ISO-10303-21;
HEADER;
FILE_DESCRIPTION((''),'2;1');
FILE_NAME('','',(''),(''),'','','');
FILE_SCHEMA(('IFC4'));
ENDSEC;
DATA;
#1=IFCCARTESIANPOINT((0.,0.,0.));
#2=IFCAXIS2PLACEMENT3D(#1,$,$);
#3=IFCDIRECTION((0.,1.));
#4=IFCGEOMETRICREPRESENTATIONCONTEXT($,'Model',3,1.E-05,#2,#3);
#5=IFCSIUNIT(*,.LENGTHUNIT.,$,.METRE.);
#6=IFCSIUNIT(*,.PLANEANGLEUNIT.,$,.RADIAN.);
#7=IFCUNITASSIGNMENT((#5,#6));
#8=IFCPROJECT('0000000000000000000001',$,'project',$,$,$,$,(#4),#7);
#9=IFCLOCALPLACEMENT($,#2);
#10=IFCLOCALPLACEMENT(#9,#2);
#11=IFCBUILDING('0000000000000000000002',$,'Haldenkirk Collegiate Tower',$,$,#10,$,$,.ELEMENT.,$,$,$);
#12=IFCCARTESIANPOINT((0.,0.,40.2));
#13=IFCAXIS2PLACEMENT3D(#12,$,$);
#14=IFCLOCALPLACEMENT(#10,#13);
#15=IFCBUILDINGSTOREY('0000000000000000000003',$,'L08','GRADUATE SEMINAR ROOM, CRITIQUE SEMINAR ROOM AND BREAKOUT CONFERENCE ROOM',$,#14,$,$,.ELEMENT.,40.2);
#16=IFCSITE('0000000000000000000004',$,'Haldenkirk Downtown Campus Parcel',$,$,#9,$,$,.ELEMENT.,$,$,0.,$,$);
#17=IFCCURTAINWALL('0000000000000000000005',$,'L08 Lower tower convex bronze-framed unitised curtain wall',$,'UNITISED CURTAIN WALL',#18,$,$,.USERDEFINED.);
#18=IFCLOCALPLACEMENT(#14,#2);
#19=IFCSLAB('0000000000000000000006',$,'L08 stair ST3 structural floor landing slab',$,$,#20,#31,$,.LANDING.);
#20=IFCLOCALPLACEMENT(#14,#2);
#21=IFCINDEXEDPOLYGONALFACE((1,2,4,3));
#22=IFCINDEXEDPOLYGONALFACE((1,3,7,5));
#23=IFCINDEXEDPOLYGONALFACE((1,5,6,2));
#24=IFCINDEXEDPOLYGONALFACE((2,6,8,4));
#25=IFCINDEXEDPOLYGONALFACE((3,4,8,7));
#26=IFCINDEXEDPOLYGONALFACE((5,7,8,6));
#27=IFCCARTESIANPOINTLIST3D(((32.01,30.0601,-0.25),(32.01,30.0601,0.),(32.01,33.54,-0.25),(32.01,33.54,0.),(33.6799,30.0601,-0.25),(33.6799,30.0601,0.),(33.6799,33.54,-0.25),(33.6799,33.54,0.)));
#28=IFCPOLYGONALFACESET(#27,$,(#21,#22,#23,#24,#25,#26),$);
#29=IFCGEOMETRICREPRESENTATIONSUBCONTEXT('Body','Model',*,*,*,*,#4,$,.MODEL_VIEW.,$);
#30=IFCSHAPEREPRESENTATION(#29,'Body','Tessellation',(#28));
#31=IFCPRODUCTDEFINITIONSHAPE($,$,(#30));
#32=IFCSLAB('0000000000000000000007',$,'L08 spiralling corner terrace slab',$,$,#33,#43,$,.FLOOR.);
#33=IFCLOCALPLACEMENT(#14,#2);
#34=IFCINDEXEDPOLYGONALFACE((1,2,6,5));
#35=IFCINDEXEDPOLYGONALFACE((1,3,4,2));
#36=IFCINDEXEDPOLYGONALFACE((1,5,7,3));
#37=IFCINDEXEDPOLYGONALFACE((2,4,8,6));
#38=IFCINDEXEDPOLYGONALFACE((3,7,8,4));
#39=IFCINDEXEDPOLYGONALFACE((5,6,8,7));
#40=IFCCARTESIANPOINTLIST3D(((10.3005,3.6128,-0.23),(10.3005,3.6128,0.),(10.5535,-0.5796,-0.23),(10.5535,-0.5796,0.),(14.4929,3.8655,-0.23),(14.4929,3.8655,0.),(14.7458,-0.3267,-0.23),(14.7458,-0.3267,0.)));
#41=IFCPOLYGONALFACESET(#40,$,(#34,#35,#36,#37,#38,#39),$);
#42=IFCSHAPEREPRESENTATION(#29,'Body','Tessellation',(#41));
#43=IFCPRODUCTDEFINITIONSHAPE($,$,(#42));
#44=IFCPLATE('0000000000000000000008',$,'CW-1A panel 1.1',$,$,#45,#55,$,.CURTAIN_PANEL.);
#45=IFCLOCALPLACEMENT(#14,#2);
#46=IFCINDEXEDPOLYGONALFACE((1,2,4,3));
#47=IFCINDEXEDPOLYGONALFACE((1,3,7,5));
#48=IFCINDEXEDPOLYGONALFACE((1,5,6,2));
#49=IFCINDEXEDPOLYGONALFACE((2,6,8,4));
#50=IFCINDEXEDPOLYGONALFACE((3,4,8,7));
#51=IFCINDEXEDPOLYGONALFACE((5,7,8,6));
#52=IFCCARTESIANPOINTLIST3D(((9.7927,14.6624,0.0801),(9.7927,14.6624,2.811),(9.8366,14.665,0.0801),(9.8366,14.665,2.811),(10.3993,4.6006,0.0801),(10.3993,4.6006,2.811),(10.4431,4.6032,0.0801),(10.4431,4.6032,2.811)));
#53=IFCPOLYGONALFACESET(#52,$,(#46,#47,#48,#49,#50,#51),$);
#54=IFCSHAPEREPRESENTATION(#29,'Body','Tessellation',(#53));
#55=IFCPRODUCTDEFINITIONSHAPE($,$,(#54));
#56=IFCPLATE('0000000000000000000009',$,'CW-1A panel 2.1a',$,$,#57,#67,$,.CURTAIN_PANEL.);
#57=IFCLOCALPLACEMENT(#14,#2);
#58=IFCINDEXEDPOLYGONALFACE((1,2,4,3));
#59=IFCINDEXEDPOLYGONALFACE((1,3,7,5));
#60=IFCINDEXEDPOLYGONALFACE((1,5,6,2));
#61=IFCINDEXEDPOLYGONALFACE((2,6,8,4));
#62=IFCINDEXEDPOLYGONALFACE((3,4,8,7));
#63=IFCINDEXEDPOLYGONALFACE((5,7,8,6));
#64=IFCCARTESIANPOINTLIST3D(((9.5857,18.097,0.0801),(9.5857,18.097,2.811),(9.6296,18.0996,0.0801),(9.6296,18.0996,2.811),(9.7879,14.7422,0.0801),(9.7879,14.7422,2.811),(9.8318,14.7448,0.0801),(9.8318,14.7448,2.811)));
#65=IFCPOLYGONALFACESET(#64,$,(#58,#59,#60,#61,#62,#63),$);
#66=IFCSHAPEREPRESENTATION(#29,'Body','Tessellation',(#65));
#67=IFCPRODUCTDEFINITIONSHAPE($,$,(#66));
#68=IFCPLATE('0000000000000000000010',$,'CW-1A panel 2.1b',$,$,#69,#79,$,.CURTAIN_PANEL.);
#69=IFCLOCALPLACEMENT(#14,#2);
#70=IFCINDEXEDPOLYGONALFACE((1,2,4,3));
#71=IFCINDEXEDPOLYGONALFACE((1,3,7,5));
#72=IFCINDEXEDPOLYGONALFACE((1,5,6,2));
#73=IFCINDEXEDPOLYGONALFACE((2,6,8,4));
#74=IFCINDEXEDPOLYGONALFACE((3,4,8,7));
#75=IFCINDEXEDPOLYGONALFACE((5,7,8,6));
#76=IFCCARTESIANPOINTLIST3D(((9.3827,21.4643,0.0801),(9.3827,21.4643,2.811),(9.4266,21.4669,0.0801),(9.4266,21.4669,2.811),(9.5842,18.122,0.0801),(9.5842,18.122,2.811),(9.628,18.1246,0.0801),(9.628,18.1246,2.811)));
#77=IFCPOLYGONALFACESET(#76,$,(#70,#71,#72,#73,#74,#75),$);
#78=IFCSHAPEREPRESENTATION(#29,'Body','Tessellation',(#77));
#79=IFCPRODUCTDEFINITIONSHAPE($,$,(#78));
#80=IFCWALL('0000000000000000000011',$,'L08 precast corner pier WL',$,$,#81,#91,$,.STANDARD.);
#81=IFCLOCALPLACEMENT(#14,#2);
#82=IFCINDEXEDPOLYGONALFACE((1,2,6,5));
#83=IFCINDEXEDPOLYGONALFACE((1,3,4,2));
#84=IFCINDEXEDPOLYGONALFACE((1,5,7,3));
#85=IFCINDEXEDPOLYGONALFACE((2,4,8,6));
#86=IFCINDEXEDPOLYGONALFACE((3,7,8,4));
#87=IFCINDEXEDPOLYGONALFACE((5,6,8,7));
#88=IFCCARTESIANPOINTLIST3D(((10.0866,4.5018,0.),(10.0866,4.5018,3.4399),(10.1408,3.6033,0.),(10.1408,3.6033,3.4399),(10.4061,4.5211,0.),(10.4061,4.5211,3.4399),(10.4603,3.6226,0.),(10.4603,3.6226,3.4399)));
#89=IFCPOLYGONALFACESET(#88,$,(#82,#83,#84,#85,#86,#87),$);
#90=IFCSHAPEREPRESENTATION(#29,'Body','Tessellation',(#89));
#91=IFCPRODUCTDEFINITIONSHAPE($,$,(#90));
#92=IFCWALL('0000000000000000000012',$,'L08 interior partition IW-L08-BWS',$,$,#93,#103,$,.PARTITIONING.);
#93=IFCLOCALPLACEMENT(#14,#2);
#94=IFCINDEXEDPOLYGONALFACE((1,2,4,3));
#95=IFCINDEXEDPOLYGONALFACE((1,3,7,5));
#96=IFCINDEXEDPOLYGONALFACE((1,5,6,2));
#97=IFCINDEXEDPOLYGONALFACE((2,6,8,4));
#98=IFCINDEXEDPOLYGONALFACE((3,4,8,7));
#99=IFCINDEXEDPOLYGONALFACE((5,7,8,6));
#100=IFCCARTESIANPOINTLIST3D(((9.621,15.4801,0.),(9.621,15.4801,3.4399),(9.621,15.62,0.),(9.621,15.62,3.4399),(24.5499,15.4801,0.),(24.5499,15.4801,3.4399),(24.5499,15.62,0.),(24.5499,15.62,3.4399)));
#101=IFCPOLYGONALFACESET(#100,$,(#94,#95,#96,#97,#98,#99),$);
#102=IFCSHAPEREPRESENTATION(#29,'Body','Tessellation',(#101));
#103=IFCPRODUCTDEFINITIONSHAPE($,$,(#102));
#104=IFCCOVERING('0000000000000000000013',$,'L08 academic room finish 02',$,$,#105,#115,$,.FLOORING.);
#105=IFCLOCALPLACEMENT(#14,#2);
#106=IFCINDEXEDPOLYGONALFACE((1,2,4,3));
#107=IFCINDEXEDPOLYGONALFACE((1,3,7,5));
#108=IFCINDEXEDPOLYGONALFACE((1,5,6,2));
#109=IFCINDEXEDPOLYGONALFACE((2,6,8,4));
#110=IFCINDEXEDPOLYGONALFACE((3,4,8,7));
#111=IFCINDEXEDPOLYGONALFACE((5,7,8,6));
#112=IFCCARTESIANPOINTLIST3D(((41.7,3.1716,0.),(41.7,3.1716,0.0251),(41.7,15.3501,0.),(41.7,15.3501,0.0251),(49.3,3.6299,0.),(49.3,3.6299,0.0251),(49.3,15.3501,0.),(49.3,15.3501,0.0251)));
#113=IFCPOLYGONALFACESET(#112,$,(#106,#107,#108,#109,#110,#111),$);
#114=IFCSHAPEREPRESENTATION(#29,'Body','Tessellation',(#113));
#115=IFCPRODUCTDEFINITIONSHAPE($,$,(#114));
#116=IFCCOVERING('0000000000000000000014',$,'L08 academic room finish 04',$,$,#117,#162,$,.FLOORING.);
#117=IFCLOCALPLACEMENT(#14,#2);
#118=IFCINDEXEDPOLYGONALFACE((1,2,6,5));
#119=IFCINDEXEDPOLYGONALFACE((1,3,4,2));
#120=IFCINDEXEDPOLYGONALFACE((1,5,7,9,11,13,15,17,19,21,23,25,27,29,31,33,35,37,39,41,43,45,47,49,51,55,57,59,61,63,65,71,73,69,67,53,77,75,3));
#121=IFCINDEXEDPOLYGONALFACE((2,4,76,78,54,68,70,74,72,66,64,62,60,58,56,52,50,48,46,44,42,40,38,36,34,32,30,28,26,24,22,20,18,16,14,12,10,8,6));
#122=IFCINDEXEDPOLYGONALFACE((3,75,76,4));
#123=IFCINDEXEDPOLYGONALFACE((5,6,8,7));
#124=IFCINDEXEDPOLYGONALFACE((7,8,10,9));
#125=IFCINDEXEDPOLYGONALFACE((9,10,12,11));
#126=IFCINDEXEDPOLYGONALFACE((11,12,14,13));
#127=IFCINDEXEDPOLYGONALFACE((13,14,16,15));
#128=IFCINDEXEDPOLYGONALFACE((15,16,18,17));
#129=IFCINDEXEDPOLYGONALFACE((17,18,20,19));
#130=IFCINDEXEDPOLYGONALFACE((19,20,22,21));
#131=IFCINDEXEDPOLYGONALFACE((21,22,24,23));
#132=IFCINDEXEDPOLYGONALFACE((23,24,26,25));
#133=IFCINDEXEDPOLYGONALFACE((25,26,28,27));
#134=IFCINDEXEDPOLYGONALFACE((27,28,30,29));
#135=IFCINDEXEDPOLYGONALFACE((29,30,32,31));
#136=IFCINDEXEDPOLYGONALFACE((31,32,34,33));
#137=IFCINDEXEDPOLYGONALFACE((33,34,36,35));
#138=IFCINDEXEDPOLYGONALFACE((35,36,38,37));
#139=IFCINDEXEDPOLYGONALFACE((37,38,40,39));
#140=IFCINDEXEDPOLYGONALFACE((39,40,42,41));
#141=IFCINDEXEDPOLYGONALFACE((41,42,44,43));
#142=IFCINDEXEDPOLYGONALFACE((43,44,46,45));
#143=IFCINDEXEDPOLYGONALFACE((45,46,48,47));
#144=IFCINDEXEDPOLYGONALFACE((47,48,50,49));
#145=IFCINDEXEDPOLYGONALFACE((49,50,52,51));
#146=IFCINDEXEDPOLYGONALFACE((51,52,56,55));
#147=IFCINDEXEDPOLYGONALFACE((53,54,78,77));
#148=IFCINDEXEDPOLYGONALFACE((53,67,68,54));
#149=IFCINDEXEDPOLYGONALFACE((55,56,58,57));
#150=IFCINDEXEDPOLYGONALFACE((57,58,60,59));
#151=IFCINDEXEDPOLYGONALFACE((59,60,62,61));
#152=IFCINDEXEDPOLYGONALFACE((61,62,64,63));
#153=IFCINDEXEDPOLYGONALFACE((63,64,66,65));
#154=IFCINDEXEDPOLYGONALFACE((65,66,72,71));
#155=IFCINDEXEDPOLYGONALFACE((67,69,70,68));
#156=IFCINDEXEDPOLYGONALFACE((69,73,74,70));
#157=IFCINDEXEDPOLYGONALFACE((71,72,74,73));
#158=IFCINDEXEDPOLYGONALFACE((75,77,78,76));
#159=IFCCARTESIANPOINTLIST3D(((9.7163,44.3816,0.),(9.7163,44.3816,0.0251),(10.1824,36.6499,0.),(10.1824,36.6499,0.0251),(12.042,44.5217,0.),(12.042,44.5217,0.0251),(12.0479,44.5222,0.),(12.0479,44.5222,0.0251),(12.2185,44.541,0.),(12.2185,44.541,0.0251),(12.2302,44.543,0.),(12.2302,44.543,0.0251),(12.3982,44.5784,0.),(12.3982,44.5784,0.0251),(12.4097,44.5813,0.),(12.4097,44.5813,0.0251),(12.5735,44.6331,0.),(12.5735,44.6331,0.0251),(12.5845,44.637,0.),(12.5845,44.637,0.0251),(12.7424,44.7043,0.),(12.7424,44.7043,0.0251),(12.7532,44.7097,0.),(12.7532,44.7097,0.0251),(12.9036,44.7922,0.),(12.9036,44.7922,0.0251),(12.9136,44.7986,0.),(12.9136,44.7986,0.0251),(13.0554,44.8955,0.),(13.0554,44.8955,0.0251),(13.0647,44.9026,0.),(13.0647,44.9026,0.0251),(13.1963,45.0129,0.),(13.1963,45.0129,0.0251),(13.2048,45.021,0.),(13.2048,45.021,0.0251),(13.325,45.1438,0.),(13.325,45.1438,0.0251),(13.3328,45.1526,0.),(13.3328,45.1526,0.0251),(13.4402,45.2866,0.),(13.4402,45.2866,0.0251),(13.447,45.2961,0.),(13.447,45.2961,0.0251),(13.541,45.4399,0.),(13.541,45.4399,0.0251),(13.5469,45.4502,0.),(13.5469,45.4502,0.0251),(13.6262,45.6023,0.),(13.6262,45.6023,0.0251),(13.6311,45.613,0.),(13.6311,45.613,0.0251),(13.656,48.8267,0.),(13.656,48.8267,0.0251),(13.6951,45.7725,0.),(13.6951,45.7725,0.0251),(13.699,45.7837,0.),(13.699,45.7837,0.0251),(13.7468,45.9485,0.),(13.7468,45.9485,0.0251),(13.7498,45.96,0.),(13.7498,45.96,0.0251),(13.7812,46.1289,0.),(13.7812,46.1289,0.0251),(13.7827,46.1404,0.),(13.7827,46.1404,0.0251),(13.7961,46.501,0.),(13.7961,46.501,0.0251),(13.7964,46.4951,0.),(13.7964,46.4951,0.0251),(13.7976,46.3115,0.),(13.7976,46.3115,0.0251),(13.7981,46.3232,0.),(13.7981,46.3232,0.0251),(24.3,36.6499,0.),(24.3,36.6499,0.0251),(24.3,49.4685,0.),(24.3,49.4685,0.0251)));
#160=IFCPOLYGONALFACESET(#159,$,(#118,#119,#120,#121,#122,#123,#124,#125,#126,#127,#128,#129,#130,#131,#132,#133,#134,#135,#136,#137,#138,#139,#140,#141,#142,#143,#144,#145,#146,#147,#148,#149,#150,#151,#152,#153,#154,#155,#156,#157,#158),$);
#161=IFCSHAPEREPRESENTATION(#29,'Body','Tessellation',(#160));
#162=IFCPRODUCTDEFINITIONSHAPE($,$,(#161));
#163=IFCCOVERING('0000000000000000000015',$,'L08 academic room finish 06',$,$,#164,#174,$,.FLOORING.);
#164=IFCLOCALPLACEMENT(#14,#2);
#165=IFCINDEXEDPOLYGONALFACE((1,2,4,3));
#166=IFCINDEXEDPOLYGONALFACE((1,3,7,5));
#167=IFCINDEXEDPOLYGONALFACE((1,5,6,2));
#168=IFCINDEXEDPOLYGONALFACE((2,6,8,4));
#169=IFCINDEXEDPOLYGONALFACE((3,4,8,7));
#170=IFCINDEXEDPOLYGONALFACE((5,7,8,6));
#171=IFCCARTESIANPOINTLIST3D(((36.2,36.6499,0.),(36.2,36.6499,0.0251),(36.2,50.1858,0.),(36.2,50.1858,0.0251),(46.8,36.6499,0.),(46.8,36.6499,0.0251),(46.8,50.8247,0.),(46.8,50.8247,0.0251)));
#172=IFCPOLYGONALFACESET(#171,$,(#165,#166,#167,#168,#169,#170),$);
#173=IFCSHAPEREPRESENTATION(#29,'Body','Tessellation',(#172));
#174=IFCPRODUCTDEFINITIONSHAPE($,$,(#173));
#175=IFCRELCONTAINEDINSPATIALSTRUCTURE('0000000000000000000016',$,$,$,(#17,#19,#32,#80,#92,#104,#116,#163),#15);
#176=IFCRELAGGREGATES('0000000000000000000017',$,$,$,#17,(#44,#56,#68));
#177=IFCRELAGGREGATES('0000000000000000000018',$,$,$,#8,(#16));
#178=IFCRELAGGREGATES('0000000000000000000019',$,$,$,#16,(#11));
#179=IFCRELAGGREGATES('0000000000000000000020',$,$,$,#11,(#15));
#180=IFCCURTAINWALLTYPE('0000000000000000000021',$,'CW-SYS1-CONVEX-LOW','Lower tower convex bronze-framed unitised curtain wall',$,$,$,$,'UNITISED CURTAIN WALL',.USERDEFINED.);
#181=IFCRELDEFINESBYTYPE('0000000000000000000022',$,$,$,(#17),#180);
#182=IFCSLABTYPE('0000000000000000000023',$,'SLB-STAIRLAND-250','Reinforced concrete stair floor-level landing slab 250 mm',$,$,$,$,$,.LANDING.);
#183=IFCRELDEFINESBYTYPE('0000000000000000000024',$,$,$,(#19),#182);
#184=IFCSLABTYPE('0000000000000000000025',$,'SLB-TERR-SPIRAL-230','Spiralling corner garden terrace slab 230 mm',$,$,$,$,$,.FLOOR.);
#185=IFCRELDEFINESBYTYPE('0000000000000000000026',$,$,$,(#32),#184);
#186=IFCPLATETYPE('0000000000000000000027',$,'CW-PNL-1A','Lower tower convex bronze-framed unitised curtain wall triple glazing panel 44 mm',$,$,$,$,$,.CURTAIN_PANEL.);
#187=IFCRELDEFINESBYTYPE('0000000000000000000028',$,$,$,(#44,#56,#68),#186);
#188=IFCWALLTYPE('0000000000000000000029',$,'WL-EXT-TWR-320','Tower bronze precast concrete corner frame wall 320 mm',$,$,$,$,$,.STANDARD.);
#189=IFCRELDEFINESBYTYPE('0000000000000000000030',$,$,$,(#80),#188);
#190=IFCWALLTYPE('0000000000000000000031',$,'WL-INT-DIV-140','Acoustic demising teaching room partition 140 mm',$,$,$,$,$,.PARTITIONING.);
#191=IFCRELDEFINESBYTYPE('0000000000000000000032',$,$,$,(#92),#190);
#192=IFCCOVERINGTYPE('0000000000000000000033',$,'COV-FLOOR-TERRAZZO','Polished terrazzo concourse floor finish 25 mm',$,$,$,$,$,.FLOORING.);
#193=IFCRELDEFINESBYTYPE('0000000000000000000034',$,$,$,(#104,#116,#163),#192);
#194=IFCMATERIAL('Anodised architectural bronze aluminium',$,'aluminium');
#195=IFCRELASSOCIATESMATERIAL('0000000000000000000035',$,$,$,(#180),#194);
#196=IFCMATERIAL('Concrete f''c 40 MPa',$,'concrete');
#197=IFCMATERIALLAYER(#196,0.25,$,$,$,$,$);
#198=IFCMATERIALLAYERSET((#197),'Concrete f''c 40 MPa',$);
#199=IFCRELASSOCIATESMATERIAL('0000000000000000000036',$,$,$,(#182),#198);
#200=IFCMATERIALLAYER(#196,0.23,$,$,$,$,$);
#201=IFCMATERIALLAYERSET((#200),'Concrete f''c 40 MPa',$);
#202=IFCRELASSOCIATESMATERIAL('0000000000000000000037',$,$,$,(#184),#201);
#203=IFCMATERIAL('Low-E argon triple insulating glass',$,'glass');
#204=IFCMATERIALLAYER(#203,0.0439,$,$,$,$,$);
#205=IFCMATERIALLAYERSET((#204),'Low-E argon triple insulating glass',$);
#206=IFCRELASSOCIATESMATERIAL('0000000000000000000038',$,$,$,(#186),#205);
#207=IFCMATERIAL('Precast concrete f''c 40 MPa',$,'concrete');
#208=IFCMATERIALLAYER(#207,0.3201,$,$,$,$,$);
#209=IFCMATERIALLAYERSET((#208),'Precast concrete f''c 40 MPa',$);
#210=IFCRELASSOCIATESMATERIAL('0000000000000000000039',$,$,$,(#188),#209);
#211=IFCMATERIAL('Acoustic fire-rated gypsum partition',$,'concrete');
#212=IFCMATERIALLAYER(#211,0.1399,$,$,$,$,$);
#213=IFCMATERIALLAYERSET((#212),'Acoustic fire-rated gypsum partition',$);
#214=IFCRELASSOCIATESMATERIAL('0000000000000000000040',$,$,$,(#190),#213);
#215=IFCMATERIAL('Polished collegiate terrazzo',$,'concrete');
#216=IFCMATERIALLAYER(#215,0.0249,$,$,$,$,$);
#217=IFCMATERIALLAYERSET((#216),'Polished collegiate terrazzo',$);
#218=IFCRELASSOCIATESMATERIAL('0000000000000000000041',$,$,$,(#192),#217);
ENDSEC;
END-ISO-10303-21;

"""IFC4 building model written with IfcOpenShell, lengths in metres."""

from ifc_helpers import new_model, si_unit, direction, frame, frame_2d, origin, origin_2d, place, context, subcontext, project, spatial, polyline, rectangle, outline, extrude, source, transform, mapped, material, layer, layer_set, type_object, element, aggregate, save


model = new_model("IFC4")

# Units and contexts
model_context = context("Model", 3, precision=1e-05, world=origin(), true_north=direction((0.0, 1.0)))
body_context = subcontext(model_context, "Body", "Model", "MODEL_VIEW")
ifc_project = project(units=[si_unit("LENGTHUNIT", "METRE"), si_unit("PLANEANGLEUNIT", "RADIAN")], contexts=[model_context])

# Site, building, storey
site_placement = place(None, origin())
site = spatial("IfcSite", under=ifc_project, at=site_placement, Name="Haldenkirk Downtown Campus Parcel", CompositionType="ELEMENT", RefElevation=0.0)
building_placement = place(site_placement, origin())
building = spatial("IfcBuilding", under=site, at=building_placement, Name="Haldenkirk Collegiate Tower", CompositionType="ELEMENT")
storey_placement = place(building_placement, frame((0.0, 0.0, 40.2)))
storey = spatial("IfcBuildingStorey", under=building, at=storey_placement, Name="L08", Description="GRADUATE SEMINAR ROOM, CRITIQUE SEMINAR ROOM AND BREAKOUT CONFERENCE ROOM", CompositionType="ELEMENT", Elevation=40.2)

# Curtain wall
ifc_material_1 = material(Name="Anodised architectural bronze aluminium", Category="aluminium")
curtain_wall_type = type_object("IfcCurtainWallType", Name="CW-SYS1-CONVEX-LOW", Description="Lower tower convex bronze-framed unitised curtain wall", ElementType="UNITISED CURTAIN WALL", PredefinedType="USERDEFINED", material=ifc_material_1)
curtain_wall_placement = place(storey_placement, origin())
curtain_wall = element("IfcCurtainWall", 1, at=curtain_wall_placement, inside=storey, type_object=curtain_wall_type, Name="L08 Lower tower convex bronze-framed unitised curtain wall", ObjectType="UNITISED CURTAIN WALL", PredefinedType="USERDEFINED")

# Shared definitions
ifc_material_2 = material(Name="Concrete f'c 40 MPa", Category="concrete")

# Slabs
ifc_layer_1 = layer(ifc_material_2, 0.25)
ifc_layer_set_1 = layer_set([ifc_layer_1], Name="Concrete f'c 40 MPa")
slab_type_1 = type_object("IfcSlabType", Name="SLB-STAIRLAND-250", Description="Reinforced concrete stair floor-level landing slab 250 mm", PredefinedType="LANDING", material=ifc_layer_set_1)
slab_1_placement = place(storey_placement, frame((0.0, 0.0, -0.25)))
element("IfcSlab", 2, at=slab_1_placement, inside=storey, type_object=slab_type_1, Name="L08 stair ST3 structural floor landing slab", PredefinedType="LANDING", context=body_context, shape_type="SweptSolid", body=[
    extrude(outline(polyline([(32.01, 30.0601), (33.6799, 30.0601), (33.6799, 33.54), (32.01, 33.54), (32.01, 30.0601)])), origin(), (0.0, 0.0, 1.0), 0.25),
])
ifc_layer_2 = layer(ifc_material_2, 0.23)
ifc_layer_set_2 = layer_set([ifc_layer_2], Name="Concrete f'c 40 MPa")
slab_type_2 = type_object("IfcSlabType", Name="SLB-TERR-SPIRAL-230", Description="Spiralling corner garden terrace slab 230 mm", PredefinedType="FLOOR", material=ifc_layer_set_2)
slab_2_placement = place(storey_placement, frame((0.0, 0.0, -0.23)))
element("IfcSlab", 3, at=slab_2_placement, inside=storey, type_object=slab_type_2, Name="L08 spiralling corner terrace slab", PredefinedType="FLOOR", context=body_context, shape_type="SweptSolid", body=[
    extrude(outline(polyline([(10.5535, -0.5796), (14.7458, -0.3267), (14.4929, 3.8655), (10.3005, 3.6128), (10.5535, -0.5796)])), origin(), (0.0, 0.0, 1.0), 0.23),
])

# Plates
ifc_material_3 = material(Name="Low-E argon triple insulating glass", Category="glass")
ifc_layer_3 = layer(ifc_material_3, 0.0439)
ifc_layer_set_3 = layer_set([ifc_layer_3], Name="Low-E argon triple insulating glass")
plate_type = type_object("IfcPlateType", Name="CW-PNL-1A", Description="Lower tower convex bronze-framed unitised curtain wall triple glazing panel 44 mm", PredefinedType="CURTAIN_PANEL", material=ifc_layer_set_3)
shared_shape_1 = source(origin(), body_context, "Body", "SweptSolid", [
    extrude(rectangle(XDim=10.0801, YDim=0.0439, at=origin_2d()), origin(), (0.0, 0.0, 1.0), 2.731),
])
plate_1_placement = place(storey_placement, frame((10.1179, 9.6328, 0.0801), z_axis=(0.0, 0.0, 1.0), x_axis=(-0.060174, 0.998188, 0.0)))
plate_1 = element("IfcPlate", 4, at=plate_1_placement, type_object=plate_type, Name="CW-1A panel 1.1", PredefinedType="CURTAIN_PANEL", context=body_context, shape_type="MappedRepresentation", body=[
    mapped(shared_shape_1, transform((0.0, 0.0, 0.0), x_axis=(1.0, 0.0, 0.0), y_axis=(0.0, 1.0, 0.0), z_axis=(0.0, 0.0, 1.0), scale=1.0)),
])
shared_shape_2 = source(origin(), body_context, "Body", "SweptSolid", [
    extrude(rectangle(XDim=3.3608, YDim=0.0439, at=origin_2d()), origin(), (0.0, 0.0, 1.0), 2.731),
])
plate_2_placement = place(storey_placement, frame((9.7087, 16.4209, 0.0801), z_axis=(0.0, 0.0, 1.0), x_axis=(-0.060174, 0.998188, 0.0)))
plate_2 = element("IfcPlate", 5, at=plate_2_placement, type_object=plate_type, Name="CW-1A panel 2.1a", PredefinedType="CURTAIN_PANEL", context=body_context, shape_type="MappedRepresentation", body=[
    mapped(shared_shape_2, transform((0.0, 0.0, 0.0), x_axis=(1.0, 0.0, 0.0), y_axis=(0.0, 1.0, 0.0), z_axis=(0.0, 0.0, 1.0), scale=1.0)),
])
shared_shape_3 = source(origin(), body_context, "Body", "SweptSolid", [
    extrude(rectangle(XDim=3.3484, YDim=0.0439, at=origin_2d()), origin(), (0.0, 0.0, 1.0), 2.731),
])
plate_3_placement = place(storey_placement, frame((9.5054, 19.7944, 0.0801), z_axis=(0.0, 0.0, 1.0), x_axis=(-0.060174, 0.998188, 0.0)))
plate_3 = element("IfcPlate", 6, at=plate_3_placement, type_object=plate_type, Name="CW-1A panel 2.1b", PredefinedType="CURTAIN_PANEL", context=body_context, shape_type="MappedRepresentation", body=[
    mapped(shared_shape_3, transform((0.0, 0.0, 0.0), x_axis=(1.0, 0.0, 0.0), y_axis=(0.0, 1.0, 0.0), z_axis=(0.0, 0.0, 1.0), scale=1.0)),
])
aggregate(curtain_wall, [plate_1, plate_2, plate_3])

# Walls
ifc_material_4 = material(Name="Precast concrete f'c 40 MPa", Category="concrete")
ifc_layer_4 = layer(ifc_material_4, 0.3201)
ifc_layer_set_4 = layer_set([ifc_layer_4], Name="Precast concrete f'c 40 MPa")
wall_type_1 = type_object("IfcWallType", Name="WL-EXT-TWR-320", Description="Tower bronze precast concrete corner frame wall 320 mm", PredefinedType="STANDARD", material=ifc_layer_set_4)
wall_1_placement = place(storey_placement, frame((10.3005, 3.6128, 0.0), z_axis=(0.0, 0.0, 1.0), x_axis=(-0.060217, 0.998185, 0.0)))
element("IfcWall", 7, at=wall_1_placement, inside=storey, type_object=wall_type_1, Name="L08 precast corner pier WL", PredefinedType="STANDARD", context=body_context, shape_type="SweptSolid", body=[
    extrude(rectangle(XDim=0.9001, YDim=0.3201, at=frame_2d((0.4502, 0.0))), origin(), (0.0, 0.0, 1.0), 3.4399),
])
ifc_material_5 = material(Name="Acoustic fire-rated gypsum partition", Category="concrete")
ifc_layer_5 = layer(ifc_material_5, 0.1399)
ifc_layer_set_5 = layer_set([ifc_layer_5], Name="Acoustic fire-rated gypsum partition")
wall_type_2 = type_object("IfcWallType", Name="WL-INT-DIV-140", Description="Acoustic demising teaching room partition 140 mm", PredefinedType="PARTITIONING", material=ifc_layer_set_5)
wall_2_placement = place(storey_placement, frame((9.6211, 15.55, 0.0), z_axis=(0.0, 0.0, 1.0), x_axis=(1.0, 0.0, 0.0)))
element("IfcWall", 8, at=wall_2_placement, inside=storey, type_object=wall_type_2, Name="L08 interior partition IW-L08-BWS", PredefinedType="PARTITIONING", context=body_context, shape_type="SweptSolid", body=[
    extrude(rectangle(XDim=14.929, YDim=0.1399, at=frame_2d((7.4644, 0.0))), origin(), (0.0, 0.0, 1.0), 3.4399),
])

# Coverings
ifc_material_6 = material(Name="Polished collegiate terrazzo", Category="concrete")
ifc_layer_6 = layer(ifc_material_6, 0.0249)
ifc_layer_set_6 = layer_set([ifc_layer_6], Name="Polished collegiate terrazzo")
covering_type_1 = type_object("IfcCoveringType", Name="COV-FLOOR-TERRAZZO", Description="Polished terrazzo concourse floor finish 25 mm", PredefinedType="FLOORING", material=ifc_layer_set_6)
covering_1_placement = place(storey_placement, origin())
element("IfcCovering", 9, at=covering_1_placement, inside=storey, type_object=covering_type_1, Name="L08 academic room finish 02", PredefinedType="FLOORING", context=body_context, shape_type="SweptSolid", body=[
    extrude(outline(polyline([(41.7, 3.1716), (41.7, 15.3501), (49.3, 15.3501), (49.3, 3.6299), (41.7, 3.1716)])), origin(), (0.0, 0.0, 1.0), 0.0251),
])
covering_2_placement = place(storey_placement, origin())
element("IfcCovering", 10, at=covering_2_placement, inside=storey, type_object=covering_type_1, Name="L08 academic room finish 04", PredefinedType="FLOORING", context=body_context, shape_type="SweptSolid", body=[
    extrude(outline(polyline([(12.042, 44.5217), (12.0479, 44.5222), (12.2185, 44.541), (12.2302, 44.543), (12.3982, 44.5784), (12.4097, 44.5813), (12.5735, 44.6331), (12.5845, 44.637), (12.7424, 44.7043), (12.7532, 44.7097), (12.9036, 44.7922), (12.9136, 44.7986), (13.0554, 44.8955), (13.0647, 44.9026), (13.1963, 45.0129), (13.2048, 45.021), (13.325, 45.1438), (13.3328, 45.1526), (13.4402, 45.2866), (13.447, 45.2961), (13.541, 45.4399), (13.5469, 45.4502), (13.6262, 45.6023), (13.6311, 45.613), (13.6951, 45.7725), (13.699, 45.7837), (13.7468, 45.9485), (13.7498, 45.96), (13.7812, 46.1289), (13.7827, 46.1404), (13.7976, 46.3115), (13.7981, 46.3232), (13.7964, 46.4951), (13.7961, 46.501), (13.656, 48.8267), (24.3, 49.4685), (24.3, 36.6499), (10.1824, 36.6499), (9.7163, 44.3816), (12.042, 44.5217)])), origin(), (0.0, 0.0, 1.0), 0.0251),
])
covering_3_placement = place(storey_placement, origin())
element("IfcCovering", 11, at=covering_3_placement, inside=storey, type_object=covering_type_1, Name="L08 academic room finish 06", PredefinedType="FLOORING", context=body_context, shape_type="SweptSolid", body=[
    extrude(outline(polyline([(46.8, 50.8247), (46.8, 36.6499), (36.2, 36.6499), (36.2, 50.1858), (46.8, 50.8247)])), origin(), (0.0, 0.0, 1.0), 0.0251),
])

save(model, "model.ifc")
